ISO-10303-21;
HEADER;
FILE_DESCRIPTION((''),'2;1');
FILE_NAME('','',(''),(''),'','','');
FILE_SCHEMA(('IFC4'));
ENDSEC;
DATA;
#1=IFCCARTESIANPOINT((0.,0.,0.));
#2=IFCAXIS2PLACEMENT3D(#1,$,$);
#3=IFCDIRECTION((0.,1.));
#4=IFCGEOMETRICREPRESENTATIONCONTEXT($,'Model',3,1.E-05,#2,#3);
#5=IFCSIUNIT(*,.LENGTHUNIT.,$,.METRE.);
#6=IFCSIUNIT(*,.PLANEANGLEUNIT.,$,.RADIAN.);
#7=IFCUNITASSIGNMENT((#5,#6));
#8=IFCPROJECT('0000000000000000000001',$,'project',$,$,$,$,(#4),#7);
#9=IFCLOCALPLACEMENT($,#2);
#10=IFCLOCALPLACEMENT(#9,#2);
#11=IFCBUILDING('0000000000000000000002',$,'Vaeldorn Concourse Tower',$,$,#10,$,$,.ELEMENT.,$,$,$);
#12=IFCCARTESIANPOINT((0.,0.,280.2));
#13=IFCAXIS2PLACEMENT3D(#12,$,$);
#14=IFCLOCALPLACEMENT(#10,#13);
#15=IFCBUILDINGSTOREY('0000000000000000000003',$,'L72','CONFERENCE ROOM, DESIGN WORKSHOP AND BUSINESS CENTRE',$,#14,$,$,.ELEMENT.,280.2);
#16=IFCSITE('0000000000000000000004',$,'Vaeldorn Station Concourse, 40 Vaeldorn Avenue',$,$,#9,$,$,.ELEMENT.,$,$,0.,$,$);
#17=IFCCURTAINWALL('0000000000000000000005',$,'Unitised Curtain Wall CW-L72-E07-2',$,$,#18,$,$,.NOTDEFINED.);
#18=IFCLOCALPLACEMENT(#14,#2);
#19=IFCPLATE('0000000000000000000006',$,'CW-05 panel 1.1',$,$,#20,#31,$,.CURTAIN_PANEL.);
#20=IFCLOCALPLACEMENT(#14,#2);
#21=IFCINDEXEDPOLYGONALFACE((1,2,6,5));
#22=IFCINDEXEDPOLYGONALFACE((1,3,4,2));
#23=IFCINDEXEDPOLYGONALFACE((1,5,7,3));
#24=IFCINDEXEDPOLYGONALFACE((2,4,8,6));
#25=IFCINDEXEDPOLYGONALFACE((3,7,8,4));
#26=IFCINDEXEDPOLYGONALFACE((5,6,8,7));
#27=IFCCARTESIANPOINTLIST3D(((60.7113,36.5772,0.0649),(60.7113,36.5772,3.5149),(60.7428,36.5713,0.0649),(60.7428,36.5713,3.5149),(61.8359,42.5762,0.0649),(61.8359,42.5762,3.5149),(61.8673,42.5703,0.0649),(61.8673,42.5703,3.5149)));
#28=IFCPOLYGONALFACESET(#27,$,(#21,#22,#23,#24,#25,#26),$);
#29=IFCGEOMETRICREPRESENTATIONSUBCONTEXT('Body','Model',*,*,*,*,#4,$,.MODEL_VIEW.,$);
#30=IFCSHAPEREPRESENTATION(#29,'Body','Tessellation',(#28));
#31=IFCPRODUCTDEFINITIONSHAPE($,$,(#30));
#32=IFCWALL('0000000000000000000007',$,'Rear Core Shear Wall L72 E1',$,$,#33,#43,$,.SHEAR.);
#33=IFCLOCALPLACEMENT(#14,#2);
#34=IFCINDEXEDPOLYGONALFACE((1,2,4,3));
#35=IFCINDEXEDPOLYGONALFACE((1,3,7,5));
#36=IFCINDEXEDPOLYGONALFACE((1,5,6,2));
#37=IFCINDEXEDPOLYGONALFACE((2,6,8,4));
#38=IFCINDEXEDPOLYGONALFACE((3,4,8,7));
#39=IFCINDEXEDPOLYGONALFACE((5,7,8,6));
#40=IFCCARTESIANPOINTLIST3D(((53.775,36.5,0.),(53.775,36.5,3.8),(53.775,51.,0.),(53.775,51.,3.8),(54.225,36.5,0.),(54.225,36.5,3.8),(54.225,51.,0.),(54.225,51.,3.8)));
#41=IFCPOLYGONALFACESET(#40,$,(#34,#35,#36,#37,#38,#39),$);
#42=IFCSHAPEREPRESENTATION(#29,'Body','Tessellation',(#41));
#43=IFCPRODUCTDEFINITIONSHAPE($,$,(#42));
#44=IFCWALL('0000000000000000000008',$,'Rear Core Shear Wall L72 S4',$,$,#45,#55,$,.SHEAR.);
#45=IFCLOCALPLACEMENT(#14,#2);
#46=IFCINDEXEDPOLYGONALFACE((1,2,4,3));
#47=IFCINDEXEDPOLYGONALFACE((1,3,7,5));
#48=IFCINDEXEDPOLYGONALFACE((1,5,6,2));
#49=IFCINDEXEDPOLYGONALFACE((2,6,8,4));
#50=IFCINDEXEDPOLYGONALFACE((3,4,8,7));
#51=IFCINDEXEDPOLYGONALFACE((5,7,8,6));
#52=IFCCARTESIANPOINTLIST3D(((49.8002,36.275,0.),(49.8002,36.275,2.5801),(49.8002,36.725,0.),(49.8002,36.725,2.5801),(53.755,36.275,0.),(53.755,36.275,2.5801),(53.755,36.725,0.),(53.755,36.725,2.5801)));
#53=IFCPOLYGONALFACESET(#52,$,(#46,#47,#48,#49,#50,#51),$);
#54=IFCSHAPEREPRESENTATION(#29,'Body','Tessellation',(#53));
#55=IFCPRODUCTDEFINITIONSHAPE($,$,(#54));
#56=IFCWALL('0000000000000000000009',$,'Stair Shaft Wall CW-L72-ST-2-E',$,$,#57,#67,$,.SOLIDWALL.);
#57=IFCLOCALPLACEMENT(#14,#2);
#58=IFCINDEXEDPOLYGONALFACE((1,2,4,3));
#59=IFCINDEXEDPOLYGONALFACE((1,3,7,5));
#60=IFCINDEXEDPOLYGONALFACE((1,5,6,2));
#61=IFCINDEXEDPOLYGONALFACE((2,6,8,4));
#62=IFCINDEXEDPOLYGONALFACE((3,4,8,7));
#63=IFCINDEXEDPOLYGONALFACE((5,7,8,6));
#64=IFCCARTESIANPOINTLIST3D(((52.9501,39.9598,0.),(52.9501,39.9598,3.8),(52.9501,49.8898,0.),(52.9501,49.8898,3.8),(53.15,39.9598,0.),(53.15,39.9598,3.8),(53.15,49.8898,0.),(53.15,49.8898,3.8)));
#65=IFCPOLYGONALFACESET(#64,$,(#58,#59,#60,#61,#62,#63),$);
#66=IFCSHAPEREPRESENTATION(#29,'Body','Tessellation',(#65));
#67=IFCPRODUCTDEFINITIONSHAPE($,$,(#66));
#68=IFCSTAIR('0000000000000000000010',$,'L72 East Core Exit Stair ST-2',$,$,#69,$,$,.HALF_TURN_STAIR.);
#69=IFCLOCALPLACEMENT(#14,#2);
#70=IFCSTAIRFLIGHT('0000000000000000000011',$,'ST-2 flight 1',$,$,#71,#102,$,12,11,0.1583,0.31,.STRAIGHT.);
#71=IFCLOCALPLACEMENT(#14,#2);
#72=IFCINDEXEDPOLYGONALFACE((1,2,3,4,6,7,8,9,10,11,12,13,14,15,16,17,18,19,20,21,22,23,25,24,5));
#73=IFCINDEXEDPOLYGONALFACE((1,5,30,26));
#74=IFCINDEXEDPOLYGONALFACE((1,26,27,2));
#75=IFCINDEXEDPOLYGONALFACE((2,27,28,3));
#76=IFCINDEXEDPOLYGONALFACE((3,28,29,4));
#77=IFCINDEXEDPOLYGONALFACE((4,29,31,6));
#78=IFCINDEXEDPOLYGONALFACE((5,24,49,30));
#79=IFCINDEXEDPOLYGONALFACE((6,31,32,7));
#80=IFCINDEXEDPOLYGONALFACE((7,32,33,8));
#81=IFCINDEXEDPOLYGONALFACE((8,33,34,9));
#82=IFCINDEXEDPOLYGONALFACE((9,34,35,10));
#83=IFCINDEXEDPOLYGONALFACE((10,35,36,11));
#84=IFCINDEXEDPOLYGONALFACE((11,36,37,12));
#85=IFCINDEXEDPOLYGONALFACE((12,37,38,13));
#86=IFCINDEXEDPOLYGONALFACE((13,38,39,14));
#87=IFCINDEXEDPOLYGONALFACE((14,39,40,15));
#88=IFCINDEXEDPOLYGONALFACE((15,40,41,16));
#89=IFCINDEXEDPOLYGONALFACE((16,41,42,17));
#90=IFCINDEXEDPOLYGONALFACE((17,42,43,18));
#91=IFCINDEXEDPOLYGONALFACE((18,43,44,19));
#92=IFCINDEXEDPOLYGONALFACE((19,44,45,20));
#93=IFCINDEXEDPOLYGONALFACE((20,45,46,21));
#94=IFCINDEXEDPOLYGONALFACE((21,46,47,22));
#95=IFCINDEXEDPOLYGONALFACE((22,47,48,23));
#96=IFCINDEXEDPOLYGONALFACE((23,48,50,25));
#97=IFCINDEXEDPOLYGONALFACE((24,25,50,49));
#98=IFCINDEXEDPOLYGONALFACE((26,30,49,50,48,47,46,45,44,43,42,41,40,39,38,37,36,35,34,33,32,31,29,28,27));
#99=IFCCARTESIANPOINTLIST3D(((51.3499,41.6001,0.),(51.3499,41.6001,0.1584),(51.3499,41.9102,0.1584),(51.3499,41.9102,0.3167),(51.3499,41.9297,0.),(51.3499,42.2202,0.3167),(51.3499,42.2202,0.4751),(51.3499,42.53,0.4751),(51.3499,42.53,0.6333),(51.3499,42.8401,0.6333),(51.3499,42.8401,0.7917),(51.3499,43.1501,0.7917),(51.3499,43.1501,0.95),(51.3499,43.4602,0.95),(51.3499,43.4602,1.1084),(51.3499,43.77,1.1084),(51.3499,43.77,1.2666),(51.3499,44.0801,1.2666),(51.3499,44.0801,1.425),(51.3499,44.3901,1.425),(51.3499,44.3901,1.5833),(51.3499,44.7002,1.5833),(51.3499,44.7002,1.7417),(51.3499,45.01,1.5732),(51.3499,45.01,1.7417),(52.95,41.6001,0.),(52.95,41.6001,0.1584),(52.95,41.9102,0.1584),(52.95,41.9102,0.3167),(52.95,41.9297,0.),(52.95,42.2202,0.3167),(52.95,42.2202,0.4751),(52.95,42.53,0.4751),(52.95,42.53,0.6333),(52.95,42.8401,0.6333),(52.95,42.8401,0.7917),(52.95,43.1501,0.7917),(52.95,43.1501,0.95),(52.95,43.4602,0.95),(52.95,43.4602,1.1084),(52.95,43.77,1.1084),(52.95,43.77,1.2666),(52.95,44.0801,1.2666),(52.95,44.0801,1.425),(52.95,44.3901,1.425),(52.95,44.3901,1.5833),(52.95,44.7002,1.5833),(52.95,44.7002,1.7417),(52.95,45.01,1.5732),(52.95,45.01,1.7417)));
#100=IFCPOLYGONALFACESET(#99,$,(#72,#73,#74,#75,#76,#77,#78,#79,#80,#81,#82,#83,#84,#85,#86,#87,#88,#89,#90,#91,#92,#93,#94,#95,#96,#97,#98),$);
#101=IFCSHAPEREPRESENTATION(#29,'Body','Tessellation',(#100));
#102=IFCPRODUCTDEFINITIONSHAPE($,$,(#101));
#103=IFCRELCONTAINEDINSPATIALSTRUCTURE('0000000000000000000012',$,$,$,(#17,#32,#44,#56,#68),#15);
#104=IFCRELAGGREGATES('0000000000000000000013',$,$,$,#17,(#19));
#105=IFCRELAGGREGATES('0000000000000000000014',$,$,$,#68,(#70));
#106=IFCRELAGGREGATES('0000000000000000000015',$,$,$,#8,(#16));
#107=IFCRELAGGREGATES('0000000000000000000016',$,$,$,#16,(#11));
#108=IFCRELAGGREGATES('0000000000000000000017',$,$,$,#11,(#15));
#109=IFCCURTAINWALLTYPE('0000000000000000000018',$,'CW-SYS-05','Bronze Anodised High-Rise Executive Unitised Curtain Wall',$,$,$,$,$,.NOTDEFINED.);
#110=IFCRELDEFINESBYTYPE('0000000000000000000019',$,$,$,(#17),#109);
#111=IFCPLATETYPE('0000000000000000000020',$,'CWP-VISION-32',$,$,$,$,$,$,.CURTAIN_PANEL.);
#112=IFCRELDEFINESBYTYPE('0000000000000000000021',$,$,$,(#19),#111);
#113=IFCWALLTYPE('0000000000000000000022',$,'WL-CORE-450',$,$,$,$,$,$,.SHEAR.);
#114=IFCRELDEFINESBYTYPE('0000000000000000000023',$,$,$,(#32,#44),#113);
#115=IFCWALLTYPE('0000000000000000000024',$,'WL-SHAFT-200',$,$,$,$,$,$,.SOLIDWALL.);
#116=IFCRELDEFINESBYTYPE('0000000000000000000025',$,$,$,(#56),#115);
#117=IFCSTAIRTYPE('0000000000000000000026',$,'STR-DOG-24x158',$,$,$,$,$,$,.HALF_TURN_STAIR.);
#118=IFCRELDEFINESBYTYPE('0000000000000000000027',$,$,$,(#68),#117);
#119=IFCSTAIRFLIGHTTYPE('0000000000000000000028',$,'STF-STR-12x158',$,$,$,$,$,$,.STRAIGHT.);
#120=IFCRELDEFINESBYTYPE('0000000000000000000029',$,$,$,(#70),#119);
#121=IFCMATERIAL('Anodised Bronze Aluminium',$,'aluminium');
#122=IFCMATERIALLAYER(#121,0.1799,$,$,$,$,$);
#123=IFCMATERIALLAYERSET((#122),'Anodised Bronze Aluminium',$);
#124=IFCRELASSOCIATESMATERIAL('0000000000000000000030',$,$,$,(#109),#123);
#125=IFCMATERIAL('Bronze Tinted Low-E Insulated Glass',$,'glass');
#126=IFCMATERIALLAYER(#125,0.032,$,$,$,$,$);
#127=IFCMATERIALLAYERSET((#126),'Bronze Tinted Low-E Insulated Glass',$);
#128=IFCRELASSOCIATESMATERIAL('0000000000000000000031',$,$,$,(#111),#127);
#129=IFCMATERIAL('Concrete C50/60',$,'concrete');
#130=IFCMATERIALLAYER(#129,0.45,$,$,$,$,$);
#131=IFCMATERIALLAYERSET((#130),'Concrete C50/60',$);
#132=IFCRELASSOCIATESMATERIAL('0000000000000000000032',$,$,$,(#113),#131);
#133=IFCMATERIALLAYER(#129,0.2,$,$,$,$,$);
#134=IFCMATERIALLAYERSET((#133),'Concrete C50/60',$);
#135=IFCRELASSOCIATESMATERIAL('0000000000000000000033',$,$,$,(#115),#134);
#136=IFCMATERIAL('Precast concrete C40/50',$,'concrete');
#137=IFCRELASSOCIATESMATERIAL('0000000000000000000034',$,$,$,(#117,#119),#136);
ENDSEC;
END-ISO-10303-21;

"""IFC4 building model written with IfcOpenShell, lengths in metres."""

from ifc_helpers import new_model, si_unit, direction, frame, frame_2d, origin, origin_2d, place, context, subcontext, project, spatial, polyline, rectangle, outline, extrude, source, transform, mapped, material, layer, layer_set, type_object, element, aggregate, save


model = new_model("IFC4")

# Units and contexts
model_context = context("Model", 3, precision=1e-05, world=origin(), true_north=direction((0.0, 1.0)))
body_context = subcontext(model_context, "Body", "Model", "MODEL_VIEW")
ifc_project = project(units=[si_unit("LENGTHUNIT", "METRE"), si_unit("PLANEANGLEUNIT", "RADIAN")], contexts=[model_context])

# Site, building, storey
site_placement = place(None, origin())
site = spatial("IfcSite", under=ifc_project, at=site_placement, Name="Vaeldorn Station Concourse, 40 Vaeldorn Avenue", CompositionType="ELEMENT", RefElevation=0.0)
building_placement = place(site_placement, origin())
building = spatial("IfcBuilding", under=site, at=building_placement, Name="Vaeldorn Concourse Tower", CompositionType="ELEMENT")
storey_placement = place(building_placement, frame((0.0, 0.0, 280.2)))
storey = spatial("IfcBuildingStorey", under=building, at=storey_placement, Name="L72", Description="CONFERENCE ROOM, DESIGN WORKSHOP AND BUSINESS CENTRE", CompositionType="ELEMENT", Elevation=280.2)

# Shared definitions
ifc_material_1 = material(Name="Concrete C50/60", Category="concrete")

# Curtain wall, plate
ifc_material_2 = material(Name="Anodised Bronze Aluminium", Category="aluminium")
ifc_layer_1 = layer(ifc_material_2, 0.1799)
ifc_layer_set_1 = layer_set([ifc_layer_1], Name="Anodised Bronze Aluminium")
curtain_wall_type = type_object("IfcCurtainWallType", Name="CW-SYS-05", Description="Bronze Anodised High-Rise Executive Unitised Curtain Wall", PredefinedType="NOTDEFINED", material=ifc_layer_set_1)
curtain_wall_placement = place(storey_placement, origin())
curtain_wall = element("IfcCurtainWall", 1, at=curtain_wall_placement, inside=storey, type_object=curtain_wall_type, Name="Unitised Curtain Wall CW-L72-E07-2", PredefinedType="NOTDEFINED")
ifc_material_3 = material(Name="Bronze Tinted Low-E Insulated Glass", Category="glass")
ifc_layer_2 = layer(ifc_material_3, 0.032)
ifc_layer_set_2 = layer_set([ifc_layer_2], Name="Bronze Tinted Low-E Insulated Glass")
plate_type = type_object("IfcPlateType", Name="CWP-VISION-32", PredefinedType="CURTAIN_PANEL", material=ifc_layer_set_2)
shared_shape_1 = source(origin(), body_context, "Body", "SweptSolid", [
    extrude(rectangle(XDim=6.1035, YDim=0.032, at=origin_2d()), origin(), (0.0, 0.0, 1.0), 3.45),
])
plate_placement = place(storey_placement, frame((61.2893, 39.5737, 0.0649), z_axis=(0.0, 0.0, 1.0), x_axis=(0.184246, 0.98288, 0.0)))
plate = element("IfcPlate", 2, at=plate_placement, type_object=plate_type, Name="CW-05 panel 1.1", PredefinedType="CURTAIN_PANEL", context=body_context, shape_type="MappedRepresentation", body=[
    mapped(shared_shape_1, transform((0.0, 0.0, 0.0), scale=1.0)),
])
aggregate(curtain_wall, [plate])

# Walls
ifc_layer_3 = layer(ifc_material_1, 0.45)
ifc_layer_set_3 = layer_set([ifc_layer_3], Name="Concrete C50/60")
wall_type_1 = type_object("IfcWallType", Name="WL-CORE-450", PredefinedType="SHEAR", material=ifc_layer_set_3)
wall_1_placement = place(storey_placement, frame((54.0, 36.5, 0.0), z_axis=(0.0, 0.0, 1.0), x_axis=(0.0, 1.0, 0.0)))
element("IfcWall", 3, at=wall_1_placement, inside=storey, type_object=wall_type_1, Name="Rear Core Shear Wall L72 E1", PredefinedType="SHEAR", context=body_context, shape_type="SweptSolid", body=[
    extrude(rectangle(XDim=14.5, YDim=0.45, at=frame_2d((7.25, 0.0))), origin(), (0.0, 0.0, 1.0), 3.8),
])
wall_2_placement = place(storey_placement, frame((49.8, 36.5, 0.0), z_axis=(0.0, 0.0, 1.0), x_axis=(1.0, 0.0, 0.0)))
element("IfcWall", 4, at=wall_2_placement, inside=storey, type_object=wall_type_1, Name="Rear Core Shear Wall L72 S4", PredefinedType="SHEAR", context=body_context, shape_type="SweptSolid", body=[
    extrude(rectangle(XDim=3.9548, YDim=0.45, at=frame_2d((1.9775, 0.0))), origin(), (0.0, 0.0, 1.0), 2.5801),
])
ifc_layer_4 = layer(ifc_material_1, 0.2)
ifc_layer_set_4 = layer_set([ifc_layer_4], Name="Concrete C50/60")
wall_type_2 = type_object("IfcWallType", Name="WL-SHAFT-200", PredefinedType="SOLIDWALL", material=ifc_layer_set_4)
wall_3_placement = place(storey_placement, frame((53.05, 39.96, 0.0), z_axis=(0.0, 0.0, 1.0), x_axis=(0.0, 1.0, 0.0)))
element("IfcWall", 5, at=wall_3_placement, inside=storey, type_object=wall_type_2, Name="Stair Shaft Wall CW-L72-ST-2-E", PredefinedType="SOLIDWALL", context=body_context, shape_type="SweptSolid", body=[
    extrude(rectangle(XDim=9.9299, YDim=0.2, at=frame_2d((4.9648, 0.0))), origin(), (0.0, 0.0, 1.0), 3.8),
])

# Stair, stair flight
ifc_material_4 = material(Name="Precast concrete C40/50", Category="concrete")
stair_type = type_object("IfcStairType", Name="STR-DOG-24x158", PredefinedType="HALF_TURN_STAIR", material=ifc_material_4)
stair_placement = place(storey_placement, origin())
stair = element("IfcStair", 6, at=stair_placement, inside=storey, type_object=stair_type, Name="L72 East Core Exit Stair ST-2", PredefinedType="HALF_TURN_STAIR")
stair_flight_type = type_object("IfcStairFlightType", Name="STF-STR-12x158", PredefinedType="STRAIGHT", material=ifc_material_4)
stair_flight_placement = place(storey_placement, frame((52.1499, 41.6001, 0.0), z_axis=(0.0, 0.0, 1.0), x_axis=(0.0, 1.0, 0.0)))
stair_flight = element("IfcStairFlight", 7, at=stair_flight_placement, type_object=stair_flight_type, Name="ST-2 flight 1", NumberOfRisers=12, NumberOfTreads=11, PredefinedType="STRAIGHT", RiserHeight=0.1583, TreadLength=0.31, context=body_context, shape_type="SweptSolid", body=[
    extrude(outline(polyline([(0.0, 0.0), (0.0, 0.1584), (0.3101, 0.1584), (0.3101, 0.3167), (0.6201, 0.3167), (0.6201, 0.4751), (0.9299, 0.4751), (0.9299, 0.6333), (1.24, 0.6333), (1.24, 0.7917), (1.55, 0.7917), (1.55, 0.95), (1.8601, 0.95), (1.8601, 1.1084), (2.1699, 1.1084), (2.1699, 1.2666), (2.48, 1.2666), (2.48, 1.425), (2.79, 1.425), (2.79, 1.5833), (3.1001, 1.5833), (3.1001, 1.7417), (3.4099, 1.7417), (3.4099, 1.8999), (3.4099, 1.5732), (0.3296, 0.0), (0.0, 0.0)])), frame((0.0, 0.8, 0.0), z_axis=(0.0, -1.0, 0.0), x_axis=(1.0, 0.0, 0.0)), (0.0, 0.0, 1.0), 1.6001),
])
aggregate(stair, [stair_flight])

save(model, "model.ifc")
